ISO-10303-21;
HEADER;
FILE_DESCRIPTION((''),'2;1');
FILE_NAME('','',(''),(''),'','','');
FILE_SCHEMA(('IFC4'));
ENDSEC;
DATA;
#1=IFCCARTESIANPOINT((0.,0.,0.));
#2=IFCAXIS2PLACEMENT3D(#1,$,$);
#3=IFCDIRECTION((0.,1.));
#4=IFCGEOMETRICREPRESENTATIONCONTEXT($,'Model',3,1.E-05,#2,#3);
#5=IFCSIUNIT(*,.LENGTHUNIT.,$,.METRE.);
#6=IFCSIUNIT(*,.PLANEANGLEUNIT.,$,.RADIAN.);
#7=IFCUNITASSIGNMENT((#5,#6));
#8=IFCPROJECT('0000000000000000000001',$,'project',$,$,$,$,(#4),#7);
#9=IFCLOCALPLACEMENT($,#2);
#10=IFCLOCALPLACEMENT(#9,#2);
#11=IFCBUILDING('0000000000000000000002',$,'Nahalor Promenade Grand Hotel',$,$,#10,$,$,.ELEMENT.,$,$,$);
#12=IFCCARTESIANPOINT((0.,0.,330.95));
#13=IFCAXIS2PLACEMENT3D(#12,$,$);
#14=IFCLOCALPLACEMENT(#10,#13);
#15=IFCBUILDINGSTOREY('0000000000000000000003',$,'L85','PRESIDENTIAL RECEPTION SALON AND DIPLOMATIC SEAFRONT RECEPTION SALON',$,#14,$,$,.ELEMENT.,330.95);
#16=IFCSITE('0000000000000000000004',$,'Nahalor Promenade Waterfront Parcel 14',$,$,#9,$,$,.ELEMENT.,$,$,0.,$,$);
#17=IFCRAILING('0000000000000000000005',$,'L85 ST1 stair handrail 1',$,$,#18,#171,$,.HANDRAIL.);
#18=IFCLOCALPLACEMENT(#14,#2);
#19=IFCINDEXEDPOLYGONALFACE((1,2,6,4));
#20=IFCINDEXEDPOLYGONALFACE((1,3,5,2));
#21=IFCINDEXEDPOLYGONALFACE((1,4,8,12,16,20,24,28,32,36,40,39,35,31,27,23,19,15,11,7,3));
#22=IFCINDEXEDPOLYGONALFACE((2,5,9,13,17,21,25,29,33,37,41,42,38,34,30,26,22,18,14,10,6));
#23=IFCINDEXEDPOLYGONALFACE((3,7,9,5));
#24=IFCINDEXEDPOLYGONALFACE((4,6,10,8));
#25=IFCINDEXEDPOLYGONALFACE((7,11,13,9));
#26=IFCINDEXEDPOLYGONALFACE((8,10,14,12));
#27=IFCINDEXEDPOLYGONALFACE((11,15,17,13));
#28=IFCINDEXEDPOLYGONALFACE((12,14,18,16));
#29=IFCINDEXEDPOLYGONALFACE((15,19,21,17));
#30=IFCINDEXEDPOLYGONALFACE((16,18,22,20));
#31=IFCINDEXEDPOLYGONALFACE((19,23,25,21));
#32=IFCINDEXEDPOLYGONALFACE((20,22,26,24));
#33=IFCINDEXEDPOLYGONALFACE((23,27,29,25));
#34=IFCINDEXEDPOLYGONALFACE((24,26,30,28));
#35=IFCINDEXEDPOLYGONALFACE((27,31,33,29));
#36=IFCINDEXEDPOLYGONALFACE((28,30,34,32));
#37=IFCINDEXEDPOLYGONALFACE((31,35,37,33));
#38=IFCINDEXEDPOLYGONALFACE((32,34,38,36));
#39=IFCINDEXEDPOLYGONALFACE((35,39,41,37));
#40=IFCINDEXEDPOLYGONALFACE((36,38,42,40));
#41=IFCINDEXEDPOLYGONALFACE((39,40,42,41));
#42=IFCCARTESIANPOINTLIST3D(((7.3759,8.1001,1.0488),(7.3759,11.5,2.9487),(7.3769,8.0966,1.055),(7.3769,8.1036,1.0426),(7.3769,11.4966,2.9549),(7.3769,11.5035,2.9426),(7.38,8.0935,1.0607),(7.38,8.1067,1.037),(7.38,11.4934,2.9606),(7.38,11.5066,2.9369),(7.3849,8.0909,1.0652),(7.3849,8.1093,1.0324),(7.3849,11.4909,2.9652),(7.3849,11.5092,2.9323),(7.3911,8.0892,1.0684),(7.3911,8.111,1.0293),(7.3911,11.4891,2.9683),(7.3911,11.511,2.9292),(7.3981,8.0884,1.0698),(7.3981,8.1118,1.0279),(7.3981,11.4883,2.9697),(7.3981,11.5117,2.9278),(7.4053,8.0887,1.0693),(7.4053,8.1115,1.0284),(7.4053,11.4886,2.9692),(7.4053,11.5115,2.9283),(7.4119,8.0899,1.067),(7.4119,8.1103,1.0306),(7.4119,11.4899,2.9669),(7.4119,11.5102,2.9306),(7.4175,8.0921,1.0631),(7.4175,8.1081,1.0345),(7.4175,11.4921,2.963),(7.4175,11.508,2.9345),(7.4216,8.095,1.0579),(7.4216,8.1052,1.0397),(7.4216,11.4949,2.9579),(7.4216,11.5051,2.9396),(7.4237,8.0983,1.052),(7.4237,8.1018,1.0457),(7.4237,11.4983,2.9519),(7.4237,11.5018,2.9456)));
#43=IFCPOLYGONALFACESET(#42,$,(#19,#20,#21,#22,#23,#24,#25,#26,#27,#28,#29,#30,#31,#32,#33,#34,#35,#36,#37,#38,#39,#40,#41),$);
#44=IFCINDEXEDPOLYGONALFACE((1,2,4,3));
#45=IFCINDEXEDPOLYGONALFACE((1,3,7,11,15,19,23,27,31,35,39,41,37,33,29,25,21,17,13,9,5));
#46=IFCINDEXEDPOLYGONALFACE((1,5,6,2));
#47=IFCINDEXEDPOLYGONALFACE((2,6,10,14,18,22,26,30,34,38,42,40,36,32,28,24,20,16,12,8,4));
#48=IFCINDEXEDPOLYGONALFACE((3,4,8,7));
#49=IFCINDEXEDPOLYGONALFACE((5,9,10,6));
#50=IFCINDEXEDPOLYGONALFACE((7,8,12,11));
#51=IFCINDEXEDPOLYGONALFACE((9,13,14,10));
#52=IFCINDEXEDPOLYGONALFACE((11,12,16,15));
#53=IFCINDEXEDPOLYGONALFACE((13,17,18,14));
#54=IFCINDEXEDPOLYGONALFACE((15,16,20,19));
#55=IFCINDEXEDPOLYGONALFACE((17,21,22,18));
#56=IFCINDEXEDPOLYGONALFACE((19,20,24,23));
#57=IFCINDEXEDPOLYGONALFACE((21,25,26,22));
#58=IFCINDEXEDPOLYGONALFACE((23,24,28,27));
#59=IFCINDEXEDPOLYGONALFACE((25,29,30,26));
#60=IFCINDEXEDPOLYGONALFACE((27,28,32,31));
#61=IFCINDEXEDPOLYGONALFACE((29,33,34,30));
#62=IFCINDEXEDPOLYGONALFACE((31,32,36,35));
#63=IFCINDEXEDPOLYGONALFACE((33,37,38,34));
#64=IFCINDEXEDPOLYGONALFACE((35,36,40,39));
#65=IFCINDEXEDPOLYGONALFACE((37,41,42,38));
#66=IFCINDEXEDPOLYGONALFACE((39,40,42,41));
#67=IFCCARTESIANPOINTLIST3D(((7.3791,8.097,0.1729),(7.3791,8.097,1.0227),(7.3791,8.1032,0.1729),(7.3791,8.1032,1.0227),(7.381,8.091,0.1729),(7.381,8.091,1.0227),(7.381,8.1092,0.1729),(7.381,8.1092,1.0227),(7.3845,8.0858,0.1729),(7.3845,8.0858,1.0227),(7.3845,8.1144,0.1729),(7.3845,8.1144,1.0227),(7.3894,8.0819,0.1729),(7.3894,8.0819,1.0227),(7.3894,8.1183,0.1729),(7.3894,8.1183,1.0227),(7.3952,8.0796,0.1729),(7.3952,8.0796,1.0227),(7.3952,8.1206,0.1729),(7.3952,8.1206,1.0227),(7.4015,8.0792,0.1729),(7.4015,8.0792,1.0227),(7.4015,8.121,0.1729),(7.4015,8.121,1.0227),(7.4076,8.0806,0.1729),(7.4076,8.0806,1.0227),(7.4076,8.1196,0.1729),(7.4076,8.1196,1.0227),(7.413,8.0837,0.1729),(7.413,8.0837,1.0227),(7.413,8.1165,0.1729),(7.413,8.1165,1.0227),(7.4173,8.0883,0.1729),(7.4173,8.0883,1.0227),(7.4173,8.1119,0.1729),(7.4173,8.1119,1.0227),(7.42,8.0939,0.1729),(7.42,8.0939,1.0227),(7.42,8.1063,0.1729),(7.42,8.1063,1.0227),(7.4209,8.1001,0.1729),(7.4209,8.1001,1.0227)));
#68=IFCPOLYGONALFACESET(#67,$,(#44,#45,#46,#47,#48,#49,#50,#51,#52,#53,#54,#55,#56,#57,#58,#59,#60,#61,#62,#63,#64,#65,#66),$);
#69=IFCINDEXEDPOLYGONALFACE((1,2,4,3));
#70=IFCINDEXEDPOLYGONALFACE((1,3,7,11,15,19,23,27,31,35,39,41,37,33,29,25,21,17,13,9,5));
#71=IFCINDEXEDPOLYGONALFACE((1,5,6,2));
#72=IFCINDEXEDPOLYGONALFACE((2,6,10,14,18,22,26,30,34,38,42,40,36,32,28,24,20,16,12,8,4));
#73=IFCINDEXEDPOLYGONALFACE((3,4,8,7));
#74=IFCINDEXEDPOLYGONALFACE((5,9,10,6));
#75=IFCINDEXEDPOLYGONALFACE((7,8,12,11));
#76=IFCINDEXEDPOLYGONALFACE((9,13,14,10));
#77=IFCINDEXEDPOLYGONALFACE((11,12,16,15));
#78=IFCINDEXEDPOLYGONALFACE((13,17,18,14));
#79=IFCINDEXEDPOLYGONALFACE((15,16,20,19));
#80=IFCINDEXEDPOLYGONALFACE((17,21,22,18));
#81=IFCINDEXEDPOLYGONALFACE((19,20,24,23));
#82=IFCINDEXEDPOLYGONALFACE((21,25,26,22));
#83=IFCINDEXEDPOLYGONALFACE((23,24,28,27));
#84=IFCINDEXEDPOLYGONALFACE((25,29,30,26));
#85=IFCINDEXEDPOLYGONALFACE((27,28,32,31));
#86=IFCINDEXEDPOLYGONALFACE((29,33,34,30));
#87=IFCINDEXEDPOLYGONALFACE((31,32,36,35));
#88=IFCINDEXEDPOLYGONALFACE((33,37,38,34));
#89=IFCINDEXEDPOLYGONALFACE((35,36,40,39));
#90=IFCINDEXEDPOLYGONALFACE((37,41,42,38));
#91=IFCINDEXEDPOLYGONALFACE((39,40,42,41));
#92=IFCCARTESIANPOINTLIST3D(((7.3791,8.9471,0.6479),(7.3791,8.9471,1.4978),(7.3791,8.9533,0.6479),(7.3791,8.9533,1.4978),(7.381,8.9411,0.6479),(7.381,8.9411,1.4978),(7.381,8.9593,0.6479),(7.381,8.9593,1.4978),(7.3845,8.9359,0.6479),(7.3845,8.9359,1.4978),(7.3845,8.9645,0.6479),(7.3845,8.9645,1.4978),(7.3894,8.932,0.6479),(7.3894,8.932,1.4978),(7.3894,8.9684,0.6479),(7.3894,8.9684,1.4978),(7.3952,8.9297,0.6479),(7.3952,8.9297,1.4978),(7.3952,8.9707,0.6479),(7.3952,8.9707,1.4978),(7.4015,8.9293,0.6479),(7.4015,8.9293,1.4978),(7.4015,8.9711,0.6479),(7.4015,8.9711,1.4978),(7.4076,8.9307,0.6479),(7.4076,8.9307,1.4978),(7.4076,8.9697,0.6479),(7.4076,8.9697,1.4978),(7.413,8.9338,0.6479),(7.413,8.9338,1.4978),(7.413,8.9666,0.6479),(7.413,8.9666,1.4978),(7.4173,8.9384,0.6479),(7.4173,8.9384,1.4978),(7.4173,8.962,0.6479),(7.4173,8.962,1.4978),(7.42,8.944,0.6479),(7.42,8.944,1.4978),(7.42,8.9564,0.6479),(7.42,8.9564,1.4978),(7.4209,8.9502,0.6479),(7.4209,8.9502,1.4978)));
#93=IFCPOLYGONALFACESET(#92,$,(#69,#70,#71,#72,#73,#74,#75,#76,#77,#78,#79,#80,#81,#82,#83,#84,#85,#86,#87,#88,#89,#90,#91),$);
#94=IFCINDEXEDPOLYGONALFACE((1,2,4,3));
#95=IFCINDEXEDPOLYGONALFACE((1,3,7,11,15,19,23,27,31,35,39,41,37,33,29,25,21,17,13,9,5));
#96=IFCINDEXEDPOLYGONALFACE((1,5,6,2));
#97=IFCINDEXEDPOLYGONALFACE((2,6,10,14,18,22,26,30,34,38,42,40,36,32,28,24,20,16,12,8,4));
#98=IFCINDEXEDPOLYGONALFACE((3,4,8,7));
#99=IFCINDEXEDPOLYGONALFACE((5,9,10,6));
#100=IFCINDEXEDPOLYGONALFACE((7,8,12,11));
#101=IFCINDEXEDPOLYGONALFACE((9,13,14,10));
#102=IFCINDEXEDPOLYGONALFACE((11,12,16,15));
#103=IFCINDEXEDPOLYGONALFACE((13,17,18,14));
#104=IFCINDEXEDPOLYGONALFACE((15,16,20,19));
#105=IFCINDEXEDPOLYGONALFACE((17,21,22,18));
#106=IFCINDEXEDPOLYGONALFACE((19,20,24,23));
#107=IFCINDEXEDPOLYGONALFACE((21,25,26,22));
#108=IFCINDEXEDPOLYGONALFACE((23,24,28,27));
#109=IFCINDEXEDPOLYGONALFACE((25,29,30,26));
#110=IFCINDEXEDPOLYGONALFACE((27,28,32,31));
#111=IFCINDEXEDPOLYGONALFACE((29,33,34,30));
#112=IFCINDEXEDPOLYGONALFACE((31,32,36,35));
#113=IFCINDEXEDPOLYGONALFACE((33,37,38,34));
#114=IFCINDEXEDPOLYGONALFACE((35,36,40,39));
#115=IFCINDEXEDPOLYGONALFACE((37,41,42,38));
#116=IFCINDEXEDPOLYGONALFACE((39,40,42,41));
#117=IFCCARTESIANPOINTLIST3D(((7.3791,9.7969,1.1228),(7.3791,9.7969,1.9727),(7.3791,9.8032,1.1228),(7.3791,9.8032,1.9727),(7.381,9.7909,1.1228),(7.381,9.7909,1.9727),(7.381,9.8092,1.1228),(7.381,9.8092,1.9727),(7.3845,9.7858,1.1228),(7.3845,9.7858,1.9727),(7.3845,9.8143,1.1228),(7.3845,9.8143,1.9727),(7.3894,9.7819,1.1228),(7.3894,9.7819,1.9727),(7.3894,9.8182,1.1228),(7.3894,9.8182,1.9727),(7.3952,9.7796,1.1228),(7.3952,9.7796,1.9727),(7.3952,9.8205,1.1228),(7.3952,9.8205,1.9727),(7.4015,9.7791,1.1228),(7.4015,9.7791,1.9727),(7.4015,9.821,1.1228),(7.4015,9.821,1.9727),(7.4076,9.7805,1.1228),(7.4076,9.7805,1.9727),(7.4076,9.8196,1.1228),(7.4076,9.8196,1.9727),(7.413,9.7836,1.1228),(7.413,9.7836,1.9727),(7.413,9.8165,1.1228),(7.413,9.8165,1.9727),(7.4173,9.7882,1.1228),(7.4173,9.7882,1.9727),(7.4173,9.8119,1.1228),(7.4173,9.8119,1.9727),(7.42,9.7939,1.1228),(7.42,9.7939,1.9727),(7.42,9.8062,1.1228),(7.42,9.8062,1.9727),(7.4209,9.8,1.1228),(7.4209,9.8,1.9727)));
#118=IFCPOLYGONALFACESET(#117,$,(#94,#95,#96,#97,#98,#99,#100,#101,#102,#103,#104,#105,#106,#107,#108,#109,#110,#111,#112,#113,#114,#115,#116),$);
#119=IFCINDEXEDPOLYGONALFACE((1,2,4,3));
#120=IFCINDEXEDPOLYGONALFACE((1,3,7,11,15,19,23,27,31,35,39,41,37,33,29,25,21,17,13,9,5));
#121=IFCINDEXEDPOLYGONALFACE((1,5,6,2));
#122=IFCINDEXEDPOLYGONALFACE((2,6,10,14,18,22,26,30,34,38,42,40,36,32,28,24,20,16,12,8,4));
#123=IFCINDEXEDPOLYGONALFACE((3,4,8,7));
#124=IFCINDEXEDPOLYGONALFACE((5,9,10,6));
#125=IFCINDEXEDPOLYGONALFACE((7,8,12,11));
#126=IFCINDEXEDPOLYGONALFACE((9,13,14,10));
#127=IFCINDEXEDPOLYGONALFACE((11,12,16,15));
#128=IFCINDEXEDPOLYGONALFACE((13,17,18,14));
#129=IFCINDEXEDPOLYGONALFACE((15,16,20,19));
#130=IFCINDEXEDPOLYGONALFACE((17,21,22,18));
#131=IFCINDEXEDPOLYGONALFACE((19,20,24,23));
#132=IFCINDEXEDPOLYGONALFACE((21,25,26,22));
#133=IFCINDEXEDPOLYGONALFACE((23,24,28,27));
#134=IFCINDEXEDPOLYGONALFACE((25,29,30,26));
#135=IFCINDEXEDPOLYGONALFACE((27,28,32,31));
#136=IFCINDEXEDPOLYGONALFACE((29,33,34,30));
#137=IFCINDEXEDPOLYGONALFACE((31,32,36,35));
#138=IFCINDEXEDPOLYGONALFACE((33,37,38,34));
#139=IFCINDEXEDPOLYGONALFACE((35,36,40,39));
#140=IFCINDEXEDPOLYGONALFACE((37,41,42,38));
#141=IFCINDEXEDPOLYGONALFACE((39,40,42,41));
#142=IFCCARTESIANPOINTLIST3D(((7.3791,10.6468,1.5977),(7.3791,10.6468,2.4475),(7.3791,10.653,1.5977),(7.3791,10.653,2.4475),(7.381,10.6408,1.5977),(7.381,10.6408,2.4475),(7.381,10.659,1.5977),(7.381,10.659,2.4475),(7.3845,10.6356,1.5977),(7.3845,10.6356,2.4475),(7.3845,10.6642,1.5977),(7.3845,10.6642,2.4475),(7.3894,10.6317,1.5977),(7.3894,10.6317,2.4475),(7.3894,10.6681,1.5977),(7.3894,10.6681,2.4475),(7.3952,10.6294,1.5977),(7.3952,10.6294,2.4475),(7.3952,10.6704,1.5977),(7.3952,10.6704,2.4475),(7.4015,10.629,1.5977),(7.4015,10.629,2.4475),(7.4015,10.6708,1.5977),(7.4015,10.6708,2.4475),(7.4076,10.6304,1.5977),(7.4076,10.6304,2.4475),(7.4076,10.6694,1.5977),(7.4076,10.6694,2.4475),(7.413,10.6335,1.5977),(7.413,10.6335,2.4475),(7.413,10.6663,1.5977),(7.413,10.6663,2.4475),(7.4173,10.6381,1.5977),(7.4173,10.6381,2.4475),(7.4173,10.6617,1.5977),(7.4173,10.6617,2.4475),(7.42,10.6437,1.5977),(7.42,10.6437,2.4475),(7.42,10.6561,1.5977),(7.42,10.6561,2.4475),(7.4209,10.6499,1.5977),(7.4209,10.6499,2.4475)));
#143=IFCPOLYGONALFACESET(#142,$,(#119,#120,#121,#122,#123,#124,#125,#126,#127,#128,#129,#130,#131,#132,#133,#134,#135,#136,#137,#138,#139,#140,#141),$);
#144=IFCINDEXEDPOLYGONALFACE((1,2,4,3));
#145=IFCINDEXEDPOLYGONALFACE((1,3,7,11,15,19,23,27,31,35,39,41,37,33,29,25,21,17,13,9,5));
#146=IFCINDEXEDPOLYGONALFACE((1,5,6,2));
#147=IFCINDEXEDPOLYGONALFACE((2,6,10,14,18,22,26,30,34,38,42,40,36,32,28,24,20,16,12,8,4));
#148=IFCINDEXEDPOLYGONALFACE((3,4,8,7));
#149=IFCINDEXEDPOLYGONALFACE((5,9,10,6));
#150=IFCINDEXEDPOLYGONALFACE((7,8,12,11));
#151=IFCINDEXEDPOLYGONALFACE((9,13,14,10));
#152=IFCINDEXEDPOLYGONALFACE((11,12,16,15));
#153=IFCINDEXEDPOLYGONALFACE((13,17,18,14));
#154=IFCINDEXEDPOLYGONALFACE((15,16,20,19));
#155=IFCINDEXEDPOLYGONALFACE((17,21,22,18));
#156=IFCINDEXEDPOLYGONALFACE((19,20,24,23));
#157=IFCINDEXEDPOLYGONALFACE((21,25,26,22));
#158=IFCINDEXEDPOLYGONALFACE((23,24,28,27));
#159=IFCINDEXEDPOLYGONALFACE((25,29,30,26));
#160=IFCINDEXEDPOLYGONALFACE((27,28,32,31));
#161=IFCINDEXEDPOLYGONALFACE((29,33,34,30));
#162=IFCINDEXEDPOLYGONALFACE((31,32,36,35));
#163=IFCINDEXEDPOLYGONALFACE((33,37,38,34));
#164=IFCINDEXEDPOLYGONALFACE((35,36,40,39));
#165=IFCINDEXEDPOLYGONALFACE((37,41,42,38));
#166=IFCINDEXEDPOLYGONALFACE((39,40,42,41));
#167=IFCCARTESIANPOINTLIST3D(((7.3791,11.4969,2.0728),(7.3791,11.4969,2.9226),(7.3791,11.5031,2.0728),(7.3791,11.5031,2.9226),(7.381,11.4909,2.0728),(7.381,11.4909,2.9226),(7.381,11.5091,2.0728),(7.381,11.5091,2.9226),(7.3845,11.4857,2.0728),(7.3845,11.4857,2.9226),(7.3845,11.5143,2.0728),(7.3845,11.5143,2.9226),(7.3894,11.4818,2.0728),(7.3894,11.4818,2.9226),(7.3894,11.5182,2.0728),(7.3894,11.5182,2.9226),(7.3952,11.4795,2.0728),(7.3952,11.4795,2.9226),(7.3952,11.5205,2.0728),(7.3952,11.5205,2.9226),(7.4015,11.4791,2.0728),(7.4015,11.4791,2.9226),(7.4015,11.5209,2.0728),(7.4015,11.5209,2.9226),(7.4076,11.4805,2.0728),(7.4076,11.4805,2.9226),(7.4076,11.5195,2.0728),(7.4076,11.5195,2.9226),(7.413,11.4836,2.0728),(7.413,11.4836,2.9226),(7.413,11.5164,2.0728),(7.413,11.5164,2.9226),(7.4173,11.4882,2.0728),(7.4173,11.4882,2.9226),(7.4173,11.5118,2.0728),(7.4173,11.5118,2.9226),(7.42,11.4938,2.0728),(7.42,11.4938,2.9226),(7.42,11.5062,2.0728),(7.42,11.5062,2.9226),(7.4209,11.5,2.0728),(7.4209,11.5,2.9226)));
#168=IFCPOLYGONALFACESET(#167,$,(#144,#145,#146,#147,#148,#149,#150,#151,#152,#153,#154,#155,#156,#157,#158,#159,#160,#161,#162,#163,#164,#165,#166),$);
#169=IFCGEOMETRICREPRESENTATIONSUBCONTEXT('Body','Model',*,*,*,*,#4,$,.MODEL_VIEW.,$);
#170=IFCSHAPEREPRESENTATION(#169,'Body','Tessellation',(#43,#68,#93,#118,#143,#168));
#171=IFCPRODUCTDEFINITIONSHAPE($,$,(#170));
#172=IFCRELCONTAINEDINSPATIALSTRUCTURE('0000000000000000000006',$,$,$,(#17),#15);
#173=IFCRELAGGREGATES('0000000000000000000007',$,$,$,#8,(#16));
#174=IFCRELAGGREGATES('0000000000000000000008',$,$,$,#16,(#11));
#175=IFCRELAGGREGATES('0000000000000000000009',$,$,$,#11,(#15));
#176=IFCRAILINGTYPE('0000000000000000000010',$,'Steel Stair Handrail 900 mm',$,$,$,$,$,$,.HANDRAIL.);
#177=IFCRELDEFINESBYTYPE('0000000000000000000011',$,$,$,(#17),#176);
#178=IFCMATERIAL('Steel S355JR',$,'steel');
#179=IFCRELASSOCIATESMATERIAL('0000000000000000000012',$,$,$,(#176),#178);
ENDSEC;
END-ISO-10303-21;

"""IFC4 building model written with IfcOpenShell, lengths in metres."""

from ifc_helpers import new_model, si_unit, direction, frame, origin, origin_2d, place, context, subcontext, project, spatial, circle, extrude, material, type_object, element, save


model = new_model("IFC4")

# Units and contexts
model_context = context("Model", 3, precision=1e-05, world=origin(), true_north=direction((0.0, 1.0)))
body_context = subcontext(model_context, "Body", "Model", "MODEL_VIEW")
ifc_project = project(units=[si_unit("LENGTHUNIT", "METRE"), si_unit("PLANEANGLEUNIT", "RADIAN")], contexts=[model_context])

# Site, building, storey
site_placement = place(None, origin())
site = spatial("IfcSite", under=ifc_project, at=site_placement, Name="Nahalor Promenade Waterfront Parcel 14", CompositionType="ELEMENT", RefElevation=0.0)
building_placement = place(site_placement, origin())
building = spatial("IfcBuilding", under=site, at=building_placement, Name="Nahalor Promenade Grand Hotel", CompositionType="ELEMENT")
storey_placement = place(building_placement, frame((0.0, 0.0, 330.95)))
storey = spatial("IfcBuildingStorey", under=building, at=storey_placement, Name="L85", Description="PRESIDENTIAL RECEPTION SALON AND DIPLOMATIC SEAFRONT RECEPTION SALON", CompositionType="ELEMENT", Elevation=330.95)

# Shared definitions
ifc_material_1 = material(Name="Steel S355JR", Category="steel")

# Railing
railing_type_1 = type_object("IfcRailingType", Name="Steel Stair Handrail 900 mm", PredefinedType="HANDRAIL", material=ifc_material_1)
railing_1_placement = place(storey_placement, frame((7.3999, 8.1001, 0.1729)))
element("IfcRailing", 1, at=railing_1_placement, inside=storey, type_object=railing_type_1, Name="L85 ST1 stair handrail 1", PredefinedType="HANDRAIL", context=body_context, shape_type="SweptSolid", body=[
    extrude(circle(Radius=0.024, at=origin_2d()), frame((0.0, 0.0, 0.876), z_axis=(0.0, 0.872948, 0.487813), x_axis=(-1.0, 0.0, 0.0)), (0.0, 0.0, 1.0), 3.8948),
    extrude(circle(Radius=0.021, at=origin_2d()), origin(), (0.0, 0.0, 1.0), 0.8499),
    extrude(circle(Radius=0.021, at=origin_2d()), frame((0.0, 0.8501, 0.4751)), (0.0, 0.0, 1.0), 0.8499),
    extrude(circle(Radius=0.021, at=origin_2d()), frame((0.0, 1.7, 0.95)), (0.0, 0.0, 1.0), 0.8499),
    extrude(circle(Radius=0.021, at=origin_2d()), frame((0.0, 2.5498, 1.4248)), (0.0, 0.0, 1.0), 0.8499),
    extrude(circle(Radius=0.021, at=origin_2d()), frame((0.0, 3.3999, 1.8999)), (0.0, 0.0, 1.0), 0.8499),
])

save(model, "model.ifc")
